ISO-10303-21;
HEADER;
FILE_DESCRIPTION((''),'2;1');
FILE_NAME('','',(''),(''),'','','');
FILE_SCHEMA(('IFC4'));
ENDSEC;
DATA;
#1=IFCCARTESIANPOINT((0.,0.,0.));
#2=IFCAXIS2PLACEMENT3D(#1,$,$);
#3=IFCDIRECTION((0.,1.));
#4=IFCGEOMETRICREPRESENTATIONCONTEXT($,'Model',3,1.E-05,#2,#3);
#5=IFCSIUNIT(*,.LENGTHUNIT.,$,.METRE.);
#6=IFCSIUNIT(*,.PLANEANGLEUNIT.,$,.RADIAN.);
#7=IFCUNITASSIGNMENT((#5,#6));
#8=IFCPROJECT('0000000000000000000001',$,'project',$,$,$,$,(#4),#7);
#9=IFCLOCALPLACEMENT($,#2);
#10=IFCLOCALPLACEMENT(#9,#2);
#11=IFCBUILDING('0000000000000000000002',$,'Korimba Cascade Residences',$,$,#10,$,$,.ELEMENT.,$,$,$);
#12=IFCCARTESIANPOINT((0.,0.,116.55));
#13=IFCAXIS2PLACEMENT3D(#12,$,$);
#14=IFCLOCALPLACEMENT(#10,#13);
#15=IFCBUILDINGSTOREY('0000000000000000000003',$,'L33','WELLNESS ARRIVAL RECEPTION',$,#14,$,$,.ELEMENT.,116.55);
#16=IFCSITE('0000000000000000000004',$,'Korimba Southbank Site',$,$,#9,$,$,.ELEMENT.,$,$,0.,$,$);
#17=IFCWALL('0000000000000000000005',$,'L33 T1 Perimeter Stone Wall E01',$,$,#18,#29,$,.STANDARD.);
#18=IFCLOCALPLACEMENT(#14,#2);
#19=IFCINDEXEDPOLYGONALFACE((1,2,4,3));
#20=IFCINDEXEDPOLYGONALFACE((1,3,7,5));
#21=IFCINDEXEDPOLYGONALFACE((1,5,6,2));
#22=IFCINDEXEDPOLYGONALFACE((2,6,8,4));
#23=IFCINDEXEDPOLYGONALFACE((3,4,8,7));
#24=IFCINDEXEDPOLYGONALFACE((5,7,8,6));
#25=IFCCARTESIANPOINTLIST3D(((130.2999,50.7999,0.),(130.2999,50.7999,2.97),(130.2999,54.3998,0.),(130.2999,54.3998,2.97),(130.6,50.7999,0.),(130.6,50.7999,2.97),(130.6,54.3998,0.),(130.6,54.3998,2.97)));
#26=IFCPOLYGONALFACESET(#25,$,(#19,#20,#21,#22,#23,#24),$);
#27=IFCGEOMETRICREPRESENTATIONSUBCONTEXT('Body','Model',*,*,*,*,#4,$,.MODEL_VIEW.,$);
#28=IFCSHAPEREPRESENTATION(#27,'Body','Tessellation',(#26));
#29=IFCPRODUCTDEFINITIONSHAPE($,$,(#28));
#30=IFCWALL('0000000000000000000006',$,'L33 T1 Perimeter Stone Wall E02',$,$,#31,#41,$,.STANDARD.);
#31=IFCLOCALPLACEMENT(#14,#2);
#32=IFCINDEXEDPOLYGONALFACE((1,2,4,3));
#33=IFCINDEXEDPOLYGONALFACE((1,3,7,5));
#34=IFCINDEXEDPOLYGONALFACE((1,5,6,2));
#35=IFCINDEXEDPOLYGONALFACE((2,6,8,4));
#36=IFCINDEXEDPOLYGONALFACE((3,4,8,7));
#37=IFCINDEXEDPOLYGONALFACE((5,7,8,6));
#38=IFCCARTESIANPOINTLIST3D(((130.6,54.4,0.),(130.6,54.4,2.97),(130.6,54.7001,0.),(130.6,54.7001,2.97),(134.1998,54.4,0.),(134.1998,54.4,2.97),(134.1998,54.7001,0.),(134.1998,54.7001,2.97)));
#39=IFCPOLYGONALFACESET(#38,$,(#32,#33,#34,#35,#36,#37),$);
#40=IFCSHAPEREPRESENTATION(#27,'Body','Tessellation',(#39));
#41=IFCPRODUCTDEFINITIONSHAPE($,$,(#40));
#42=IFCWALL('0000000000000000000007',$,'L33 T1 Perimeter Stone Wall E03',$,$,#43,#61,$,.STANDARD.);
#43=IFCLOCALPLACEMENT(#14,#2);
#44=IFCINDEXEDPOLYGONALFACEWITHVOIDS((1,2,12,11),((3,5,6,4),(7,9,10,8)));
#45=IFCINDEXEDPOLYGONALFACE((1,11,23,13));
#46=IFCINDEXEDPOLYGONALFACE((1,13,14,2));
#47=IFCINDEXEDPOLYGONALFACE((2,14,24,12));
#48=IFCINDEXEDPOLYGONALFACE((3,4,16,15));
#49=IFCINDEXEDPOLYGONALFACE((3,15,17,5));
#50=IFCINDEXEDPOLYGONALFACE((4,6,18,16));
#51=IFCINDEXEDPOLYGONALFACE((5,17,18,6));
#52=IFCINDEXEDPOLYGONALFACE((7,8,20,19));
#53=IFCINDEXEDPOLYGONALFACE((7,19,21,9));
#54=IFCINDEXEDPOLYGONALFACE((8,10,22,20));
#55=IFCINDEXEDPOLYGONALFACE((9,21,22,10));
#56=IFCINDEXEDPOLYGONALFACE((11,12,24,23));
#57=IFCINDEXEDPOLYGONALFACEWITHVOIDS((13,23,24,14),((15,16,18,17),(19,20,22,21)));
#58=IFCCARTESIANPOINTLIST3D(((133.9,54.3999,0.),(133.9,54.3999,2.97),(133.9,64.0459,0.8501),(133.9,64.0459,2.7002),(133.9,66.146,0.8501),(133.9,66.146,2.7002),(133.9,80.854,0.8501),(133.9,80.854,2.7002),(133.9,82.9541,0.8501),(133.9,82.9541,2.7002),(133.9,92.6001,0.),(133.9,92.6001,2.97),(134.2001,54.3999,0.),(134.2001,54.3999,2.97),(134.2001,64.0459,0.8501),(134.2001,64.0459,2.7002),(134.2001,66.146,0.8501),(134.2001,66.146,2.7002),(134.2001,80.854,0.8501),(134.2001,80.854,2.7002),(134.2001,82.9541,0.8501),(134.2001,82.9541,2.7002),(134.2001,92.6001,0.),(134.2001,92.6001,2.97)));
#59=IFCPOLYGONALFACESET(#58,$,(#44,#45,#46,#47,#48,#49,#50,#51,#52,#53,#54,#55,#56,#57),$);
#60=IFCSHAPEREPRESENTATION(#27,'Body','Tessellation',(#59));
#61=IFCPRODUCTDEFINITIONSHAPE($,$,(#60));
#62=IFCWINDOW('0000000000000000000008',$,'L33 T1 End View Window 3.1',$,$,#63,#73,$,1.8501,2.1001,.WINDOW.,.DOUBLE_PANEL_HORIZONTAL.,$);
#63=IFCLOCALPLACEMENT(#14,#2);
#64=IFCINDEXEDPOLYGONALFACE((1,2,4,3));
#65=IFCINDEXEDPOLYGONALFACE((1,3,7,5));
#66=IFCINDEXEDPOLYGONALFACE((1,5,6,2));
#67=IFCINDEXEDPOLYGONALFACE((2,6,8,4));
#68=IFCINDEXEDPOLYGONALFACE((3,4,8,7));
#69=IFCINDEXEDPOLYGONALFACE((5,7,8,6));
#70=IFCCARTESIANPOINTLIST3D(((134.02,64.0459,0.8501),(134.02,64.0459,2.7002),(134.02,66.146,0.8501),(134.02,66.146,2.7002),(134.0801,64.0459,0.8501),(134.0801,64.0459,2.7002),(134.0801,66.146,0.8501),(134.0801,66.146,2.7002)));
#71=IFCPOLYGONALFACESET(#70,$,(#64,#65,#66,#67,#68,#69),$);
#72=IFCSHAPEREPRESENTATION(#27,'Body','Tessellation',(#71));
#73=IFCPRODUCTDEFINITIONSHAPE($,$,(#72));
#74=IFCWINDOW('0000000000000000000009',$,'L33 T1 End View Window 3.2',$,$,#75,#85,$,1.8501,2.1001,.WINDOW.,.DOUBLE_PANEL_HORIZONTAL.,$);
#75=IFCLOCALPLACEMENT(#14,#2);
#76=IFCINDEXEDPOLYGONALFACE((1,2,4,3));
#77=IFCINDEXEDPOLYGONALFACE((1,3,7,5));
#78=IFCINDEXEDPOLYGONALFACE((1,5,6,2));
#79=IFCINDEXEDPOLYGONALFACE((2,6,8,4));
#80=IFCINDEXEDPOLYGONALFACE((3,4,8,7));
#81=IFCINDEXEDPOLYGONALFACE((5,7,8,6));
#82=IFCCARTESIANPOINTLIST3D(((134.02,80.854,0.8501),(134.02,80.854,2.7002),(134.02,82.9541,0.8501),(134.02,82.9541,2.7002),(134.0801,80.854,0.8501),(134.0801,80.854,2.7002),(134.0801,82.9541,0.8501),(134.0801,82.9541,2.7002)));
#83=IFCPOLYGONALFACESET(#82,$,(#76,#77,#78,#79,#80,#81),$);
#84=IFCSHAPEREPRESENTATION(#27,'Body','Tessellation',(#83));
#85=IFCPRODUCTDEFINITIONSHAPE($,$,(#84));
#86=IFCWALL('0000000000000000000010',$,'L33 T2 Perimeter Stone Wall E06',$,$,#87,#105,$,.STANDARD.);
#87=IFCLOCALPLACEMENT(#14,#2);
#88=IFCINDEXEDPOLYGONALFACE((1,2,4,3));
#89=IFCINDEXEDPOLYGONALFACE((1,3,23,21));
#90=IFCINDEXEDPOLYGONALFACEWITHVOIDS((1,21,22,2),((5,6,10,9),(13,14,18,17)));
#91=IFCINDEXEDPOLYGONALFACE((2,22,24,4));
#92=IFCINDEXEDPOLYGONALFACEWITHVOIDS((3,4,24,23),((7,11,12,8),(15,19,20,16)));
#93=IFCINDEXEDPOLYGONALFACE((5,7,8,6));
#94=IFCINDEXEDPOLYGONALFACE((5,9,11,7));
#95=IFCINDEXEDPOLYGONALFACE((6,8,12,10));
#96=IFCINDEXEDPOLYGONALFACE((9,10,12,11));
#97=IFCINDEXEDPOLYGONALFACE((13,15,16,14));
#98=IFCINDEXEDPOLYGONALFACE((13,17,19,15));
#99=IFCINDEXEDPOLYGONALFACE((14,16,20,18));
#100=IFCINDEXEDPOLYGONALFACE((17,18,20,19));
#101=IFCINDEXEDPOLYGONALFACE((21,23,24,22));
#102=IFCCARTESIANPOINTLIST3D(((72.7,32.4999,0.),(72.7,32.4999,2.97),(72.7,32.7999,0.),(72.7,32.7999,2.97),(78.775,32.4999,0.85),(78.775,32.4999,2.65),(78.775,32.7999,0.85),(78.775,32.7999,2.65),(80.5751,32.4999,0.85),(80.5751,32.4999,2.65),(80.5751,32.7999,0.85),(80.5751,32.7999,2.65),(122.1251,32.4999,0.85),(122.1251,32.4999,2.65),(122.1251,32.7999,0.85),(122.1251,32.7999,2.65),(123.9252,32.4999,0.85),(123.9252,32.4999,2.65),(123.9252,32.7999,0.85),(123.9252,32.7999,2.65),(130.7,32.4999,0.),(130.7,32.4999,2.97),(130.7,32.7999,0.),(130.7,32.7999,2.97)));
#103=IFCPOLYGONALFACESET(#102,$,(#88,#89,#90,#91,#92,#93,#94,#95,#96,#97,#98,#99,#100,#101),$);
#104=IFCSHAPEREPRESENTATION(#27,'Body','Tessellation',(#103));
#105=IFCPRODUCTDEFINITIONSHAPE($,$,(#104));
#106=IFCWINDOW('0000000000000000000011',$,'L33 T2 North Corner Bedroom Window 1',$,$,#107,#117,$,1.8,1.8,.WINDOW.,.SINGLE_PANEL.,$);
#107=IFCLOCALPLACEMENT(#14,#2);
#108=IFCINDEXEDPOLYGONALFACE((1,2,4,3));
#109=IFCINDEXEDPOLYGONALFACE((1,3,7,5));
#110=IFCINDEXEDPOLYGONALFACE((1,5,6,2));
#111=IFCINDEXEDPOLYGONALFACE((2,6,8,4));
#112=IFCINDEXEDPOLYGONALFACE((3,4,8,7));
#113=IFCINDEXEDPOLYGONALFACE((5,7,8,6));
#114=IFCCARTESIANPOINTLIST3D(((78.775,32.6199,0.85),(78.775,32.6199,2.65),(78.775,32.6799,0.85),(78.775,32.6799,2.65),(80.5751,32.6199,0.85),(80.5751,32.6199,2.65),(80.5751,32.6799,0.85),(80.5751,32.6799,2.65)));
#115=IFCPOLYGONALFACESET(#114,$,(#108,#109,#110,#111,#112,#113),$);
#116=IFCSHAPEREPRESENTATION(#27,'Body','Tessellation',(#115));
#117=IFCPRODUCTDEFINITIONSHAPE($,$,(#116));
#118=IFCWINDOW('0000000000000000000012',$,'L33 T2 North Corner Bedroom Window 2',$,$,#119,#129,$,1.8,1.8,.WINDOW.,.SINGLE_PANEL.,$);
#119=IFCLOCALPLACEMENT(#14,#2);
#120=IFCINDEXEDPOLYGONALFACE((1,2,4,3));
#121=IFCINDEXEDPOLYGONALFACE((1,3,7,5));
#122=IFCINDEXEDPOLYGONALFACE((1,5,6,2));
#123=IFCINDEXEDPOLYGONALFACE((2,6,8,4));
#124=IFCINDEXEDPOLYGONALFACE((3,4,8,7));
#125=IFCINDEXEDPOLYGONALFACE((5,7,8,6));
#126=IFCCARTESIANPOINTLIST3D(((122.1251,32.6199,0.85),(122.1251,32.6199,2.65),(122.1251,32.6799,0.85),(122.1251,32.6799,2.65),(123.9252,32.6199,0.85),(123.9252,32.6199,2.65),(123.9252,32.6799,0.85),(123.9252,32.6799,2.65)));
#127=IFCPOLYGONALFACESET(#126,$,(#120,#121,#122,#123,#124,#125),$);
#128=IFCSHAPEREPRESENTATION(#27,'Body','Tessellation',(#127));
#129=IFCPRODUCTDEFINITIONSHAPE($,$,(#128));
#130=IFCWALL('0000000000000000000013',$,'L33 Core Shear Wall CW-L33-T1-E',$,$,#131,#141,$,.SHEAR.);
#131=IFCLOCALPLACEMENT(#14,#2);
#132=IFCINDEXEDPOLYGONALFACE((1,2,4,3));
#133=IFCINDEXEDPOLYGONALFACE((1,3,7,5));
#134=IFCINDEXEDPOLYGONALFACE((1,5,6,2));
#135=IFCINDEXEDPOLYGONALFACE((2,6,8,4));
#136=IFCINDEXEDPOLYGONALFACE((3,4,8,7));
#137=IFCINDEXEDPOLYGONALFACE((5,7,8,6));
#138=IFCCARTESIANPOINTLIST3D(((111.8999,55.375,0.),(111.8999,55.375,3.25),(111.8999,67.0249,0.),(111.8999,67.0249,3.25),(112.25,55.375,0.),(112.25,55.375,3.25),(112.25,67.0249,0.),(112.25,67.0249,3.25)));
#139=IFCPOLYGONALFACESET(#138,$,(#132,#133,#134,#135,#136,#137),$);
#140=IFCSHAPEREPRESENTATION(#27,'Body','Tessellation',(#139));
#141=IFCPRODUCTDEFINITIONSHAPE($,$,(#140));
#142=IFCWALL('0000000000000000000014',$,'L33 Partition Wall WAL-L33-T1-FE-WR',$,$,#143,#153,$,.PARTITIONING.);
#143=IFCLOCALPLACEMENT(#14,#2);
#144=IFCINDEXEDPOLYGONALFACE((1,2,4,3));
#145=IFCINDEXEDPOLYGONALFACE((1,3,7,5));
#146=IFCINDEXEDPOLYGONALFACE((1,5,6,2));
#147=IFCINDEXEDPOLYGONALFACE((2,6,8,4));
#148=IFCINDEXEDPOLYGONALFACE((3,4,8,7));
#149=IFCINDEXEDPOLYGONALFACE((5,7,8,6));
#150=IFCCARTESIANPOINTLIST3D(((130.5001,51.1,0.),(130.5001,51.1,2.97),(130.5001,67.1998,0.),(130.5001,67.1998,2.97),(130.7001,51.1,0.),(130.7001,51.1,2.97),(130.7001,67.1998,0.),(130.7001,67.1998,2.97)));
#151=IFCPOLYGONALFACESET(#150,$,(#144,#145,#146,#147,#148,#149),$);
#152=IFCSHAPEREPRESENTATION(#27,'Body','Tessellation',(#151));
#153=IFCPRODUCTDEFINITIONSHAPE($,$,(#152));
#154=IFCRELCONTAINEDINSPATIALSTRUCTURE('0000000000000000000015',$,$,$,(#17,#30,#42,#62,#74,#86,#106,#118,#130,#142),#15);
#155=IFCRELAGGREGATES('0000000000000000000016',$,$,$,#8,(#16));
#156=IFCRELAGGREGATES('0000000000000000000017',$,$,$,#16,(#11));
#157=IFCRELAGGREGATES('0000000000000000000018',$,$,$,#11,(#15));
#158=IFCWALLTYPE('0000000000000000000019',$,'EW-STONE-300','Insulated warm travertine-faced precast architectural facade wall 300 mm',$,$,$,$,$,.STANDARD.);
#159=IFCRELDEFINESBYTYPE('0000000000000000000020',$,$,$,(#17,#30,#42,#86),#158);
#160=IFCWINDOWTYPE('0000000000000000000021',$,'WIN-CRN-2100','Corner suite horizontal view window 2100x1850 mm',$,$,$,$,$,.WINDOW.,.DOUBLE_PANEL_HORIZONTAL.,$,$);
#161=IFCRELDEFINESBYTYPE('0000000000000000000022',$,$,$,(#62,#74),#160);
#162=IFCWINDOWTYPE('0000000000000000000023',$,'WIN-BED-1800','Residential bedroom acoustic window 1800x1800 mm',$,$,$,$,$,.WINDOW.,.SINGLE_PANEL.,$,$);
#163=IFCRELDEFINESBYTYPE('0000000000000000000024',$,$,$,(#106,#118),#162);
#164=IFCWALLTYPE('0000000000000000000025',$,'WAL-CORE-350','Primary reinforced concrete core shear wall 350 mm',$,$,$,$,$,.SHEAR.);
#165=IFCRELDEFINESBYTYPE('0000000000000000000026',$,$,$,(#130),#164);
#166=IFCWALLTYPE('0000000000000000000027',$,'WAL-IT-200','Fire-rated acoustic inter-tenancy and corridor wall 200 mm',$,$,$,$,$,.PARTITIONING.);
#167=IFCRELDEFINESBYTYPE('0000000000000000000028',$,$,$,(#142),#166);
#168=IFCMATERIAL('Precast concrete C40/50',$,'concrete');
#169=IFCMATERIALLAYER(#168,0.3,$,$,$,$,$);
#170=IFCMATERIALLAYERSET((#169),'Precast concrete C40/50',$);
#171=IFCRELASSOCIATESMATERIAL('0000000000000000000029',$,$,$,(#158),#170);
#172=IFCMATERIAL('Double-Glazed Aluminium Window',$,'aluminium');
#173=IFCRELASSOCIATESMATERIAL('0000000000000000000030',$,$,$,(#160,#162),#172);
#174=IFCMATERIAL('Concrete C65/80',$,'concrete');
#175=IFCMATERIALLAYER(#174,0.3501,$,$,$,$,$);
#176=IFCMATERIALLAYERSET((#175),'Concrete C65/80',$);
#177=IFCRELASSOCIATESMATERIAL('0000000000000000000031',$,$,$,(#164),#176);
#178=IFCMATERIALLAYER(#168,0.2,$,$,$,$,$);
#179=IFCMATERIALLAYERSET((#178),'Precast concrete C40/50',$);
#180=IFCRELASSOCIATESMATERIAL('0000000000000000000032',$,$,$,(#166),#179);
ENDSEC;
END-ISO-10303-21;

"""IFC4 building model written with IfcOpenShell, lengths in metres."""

from ifc_helpers import new_model, si_unit, direction, frame, frame_2d, origin, place, context, subcontext, project, spatial, rectangle, extrude, material, layer, layer_set, type_object, element, fill, save


model = new_model("IFC4")

# Units and contexts
model_context = context("Model", 3, precision=1e-05, world=origin(), true_north=direction((0.0, 1.0)))
body_context = subcontext(model_context, "Body", "Model", "MODEL_VIEW")
ifc_project = project(units=[si_unit("LENGTHUNIT", "METRE"), si_unit("PLANEANGLEUNIT", "RADIAN")], contexts=[model_context])

# Site, building, storey
site_placement = place(None, origin())
site = spatial("IfcSite", under=ifc_project, at=site_placement, Name="Korimba Southbank Site", CompositionType="ELEMENT", RefElevation=0.0)
building_placement = place(site_placement, origin())
building = spatial("IfcBuilding", under=site, at=building_placement, Name="Korimba Cascade Residences", CompositionType="ELEMENT")
storey_placement = place(building_placement, frame((0.0, 0.0, 116.55)))
storey = spatial("IfcBuildingStorey", under=building, at=storey_placement, Name="L33", Description="WELLNESS ARRIVAL RECEPTION", CompositionType="ELEMENT", Elevation=116.55)

# Shared definitions
ifc_material_1 = material(Name="Concrete C65/80", Category="concrete")

# Walls
ifc_material_2 = material(Name="Precast concrete C40/50", Category="concrete")
ifc_layer_1 = layer(ifc_material_2, 0.3)
ifc_layer_set_1 = layer_set([ifc_layer_1], Name="Precast concrete C40/50")
wall_type_1 = type_object("IfcWallType", Name="EW-STONE-300", Description="Insulated warm travertine-faced precast architectural facade wall 300 mm", PredefinedType="STANDARD", material=ifc_layer_set_1)
for number, where, z_axis, x_axis, name in (
    (1, (130.45, 50.8, 0.0), (0.0, 0.0, 1.0), (0.0, 1.0, 0.0), "L33 T1 Perimeter Stone Wall E01"),
    (2, (130.6001, 54.55, 0.0), (0.0, 0.0, 1.0), (1.0, 0.0, 0.0), "L33 T1 Perimeter Stone Wall E02"),
):
    element("IfcWall", number, at=place(storey_placement, frame(where, z_axis=z_axis, x_axis=x_axis)), inside=storey, type_object=wall_type_1, Name=name, PredefinedType="STANDARD", context=body_context, shape_type="SweptSolid", body=[
        extrude(rectangle(XDim=3.5999, YDim=0.3, at=frame_2d((1.7998, 0.0))), origin(), (0.0, 0.0, 1.0), 2.97),
    ])

# Walls, openings, windows
wall_1_placement = place(storey_placement, frame((134.05, 54.3999, 0.0), z_axis=(0.0, 0.0, 1.0), x_axis=(0.0, 1.0, 0.0)))
wall_1 = element("IfcWall", 3, at=wall_1_placement, inside=storey, type_object=wall_type_1, Name="L33 T1 Perimeter Stone Wall E03", PredefinedType="STANDARD", context=body_context, shape_type="SweptSolid", body=[
    extrude(rectangle(XDim=38.2002, YDim=0.3, at=frame_2d((19.1001, 0.0))), origin(), (0.0, 0.0, 1.0), 2.97),
])
opening_1_placement = place(wall_1_placement, frame((9.646, 0.0, 0.8501)))
opening_1 = element("IfcOpeningElement", 4, at=opening_1_placement, cuts=wall_1, PredefinedType="OPENING", context=body_context, shape_type="SweptSolid", body=[
    extrude(rectangle(XDim=2.1001, YDim=1.8501, at=frame_2d((1.05, 0.925))), frame((0.0, 0.1602, 0.0), z_axis=(0.0, -1.0, 0.0), x_axis=(1.0, 0.0, 0.0)), (0.0, 0.0, 1.0), 0.3201),
])
opening_2_placement = place(wall_1_placement, frame((26.4541, 0.0, 0.8501)))
opening_2 = element("IfcOpeningElement", 5, at=opening_2_placement, cuts=wall_1, PredefinedType="OPENING", context=body_context, shape_type="SweptSolid", body=[
    extrude(rectangle(XDim=2.1001, YDim=1.8501, at=frame_2d((1.05, 0.925))), frame((0.0, 0.1602, 0.0), z_axis=(0.0, -1.0, 0.0), x_axis=(1.0, 0.0, 0.0)), (0.0, 0.0, 1.0), 0.3201),
])
ifc_material_3 = material(Name="Double-Glazed Aluminium Window", Category="aluminium")
window_type_1 = type_object("IfcWindowType", Name="WIN-CRN-2100", Description="Corner suite horizontal view window 2100x1850 mm", PartitioningType="DOUBLE_PANEL_HORIZONTAL", PredefinedType="WINDOW", material=ifc_material_3)
window_1_placement = place(opening_1_placement, origin())
window_1 = element("IfcWindow", 6, at=window_1_placement, inside=storey, type_object=window_type_1, Name="L33 T1 End View Window 3.1", OverallHeight=1.8501, OverallWidth=2.1001, PartitioningType="DOUBLE_PANEL_HORIZONTAL", PredefinedType="WINDOW", context=body_context, shape_type="SweptSolid", body=[
    extrude(rectangle(XDim=2.1001, YDim=1.8501, at=frame_2d((1.05, 0.925))), frame((0.0, 0.03, 0.0), z_axis=(0.0, -1.0, 0.0), x_axis=(1.0, 0.0, 0.0)), (0.0, 0.0, 1.0), 0.0601),
])
fill(opening_1, window_1)
window_2_placement = place(opening_2_placement, origin())
window_2 = element("IfcWindow", 7, at=window_2_placement, inside=storey, type_object=window_type_1, Name="L33 T1 End View Window 3.2", OverallHeight=1.8501, OverallWidth=2.1001, PartitioningType="DOUBLE_PANEL_HORIZONTAL", PredefinedType="WINDOW", context=body_context, shape_type="SweptSolid", body=[
    extrude(rectangle(XDim=2.1001, YDim=1.8501, at=frame_2d((1.05, 0.925))), frame((0.0, 0.03, 0.0), z_axis=(0.0, -1.0, 0.0), x_axis=(1.0, 0.0, 0.0)), (0.0, 0.0, 1.0), 0.0601),
])
fill(opening_2, window_2)
wall_2_placement = place(storey_placement, frame((130.7, 32.6499, 0.0), z_axis=(0.0, 0.0, 1.0), x_axis=(-1.0, 0.0, 0.0)))
wall_2 = element("IfcWall", 8, at=wall_2_placement, inside=storey, type_object=wall_type_1, Name="L33 T2 Perimeter Stone Wall E06", PredefinedType="STANDARD", context=body_context, shape_type="SweptSolid", body=[
    extrude(rectangle(XDim=58.0, YDim=0.3, at=frame_2d((29.0, 0.0))), origin(), (0.0, 0.0, 1.0), 2.97),
])
opening_3_placement = place(wall_2_placement, frame((50.125, 0.0, 0.8501)))
opening_3 = element("IfcOpeningElement", 9, at=opening_3_placement, cuts=wall_2, PredefinedType="OPENING", context=body_context, shape_type="SweptSolid", body=[
    extrude(rectangle(XDim=1.8, YDim=1.8, at=frame_2d((0.8999, 0.8999))), frame((0.0, 0.1602, 0.0), z_axis=(0.0, -1.0, 0.0), x_axis=(1.0, 0.0, 0.0)), (0.0, 0.0, 1.0), 0.3201),
])
opening_4_placement = place(wall_2_placement, frame((6.7749, 0.0, 0.8501)))
opening_4 = element("IfcOpeningElement", 10, at=opening_4_placement, cuts=wall_2, PredefinedType="OPENING", context=body_context, shape_type="SweptSolid", body=[
    extrude(rectangle(XDim=1.8, YDim=1.8, at=frame_2d((0.8999, 0.8999))), frame((0.0, 0.1602, 0.0), z_axis=(0.0, -1.0, 0.0), x_axis=(1.0, 0.0, 0.0)), (0.0, 0.0, 1.0), 0.3201),
])
window_type_2 = type_object("IfcWindowType", Name="WIN-BED-1800", Description="Residential bedroom acoustic window 1800x1800 mm", PartitioningType="SINGLE_PANEL", PredefinedType="WINDOW", material=ifc_material_3)
window_3_placement = place(opening_3_placement, origin())
window_3 = element("IfcWindow", 11, at=window_3_placement, inside=storey, type_object=window_type_2, Name="L33 T2 North Corner Bedroom Window 1", OverallHeight=1.8, OverallWidth=1.8, PartitioningType="SINGLE_PANEL", PredefinedType="WINDOW", context=body_context, shape_type="SweptSolid", body=[
    extrude(rectangle(XDim=1.8, YDim=1.8, at=frame_2d((0.8999, 0.8999))), frame((0.0, 0.03, 0.0), z_axis=(0.0, -1.0, 0.0), x_axis=(1.0, 0.0, 0.0)), (0.0, 0.0, 1.0), 0.0601),
])
fill(opening_3, window_3)
window_4_placement = place(opening_4_placement, origin())
window_4 = element("IfcWindow", 12, at=window_4_placement, inside=storey, type_object=window_type_2, Name="L33 T2 North Corner Bedroom Window 2", OverallHeight=1.8, OverallWidth=1.8, PartitioningType="SINGLE_PANEL", PredefinedType="WINDOW", context=body_context, shape_type="SweptSolid", body=[
    extrude(rectangle(XDim=1.8, YDim=1.8, at=frame_2d((0.8999, 0.8999))), frame((0.0, 0.03, 0.0), z_axis=(0.0, -1.0, 0.0), x_axis=(1.0, 0.0, 0.0)), (0.0, 0.0, 1.0), 0.0601),
])
fill(opening_4, window_4)

# Walls
ifc_layer_2 = layer(ifc_material_1, 0.3501)
ifc_layer_set_2 = layer_set([ifc_layer_2], Name="Concrete C65/80")
wall_type_2 = type_object("IfcWallType", Name="WAL-CORE-350", Description="Primary reinforced concrete core shear wall 350 mm", PredefinedType="SHEAR", material=ifc_layer_set_2)
wall_3_placement = place(storey_placement, frame((112.075, 55.375, 0.0), z_axis=(0.0, 0.0, 1.0), x_axis=(0.0, 1.0, 0.0)))
element("IfcWall", 13, at=wall_3_placement, inside=storey, type_object=wall_type_2, Name="L33 Core Shear Wall CW-L33-T1-E", PredefinedType="SHEAR", context=body_context, shape_type="SweptSolid", body=[
    extrude(rectangle(XDim=11.6499, YDim=0.3501, at=frame_2d((5.825, 0.0))), origin(), (0.0, 0.0, 1.0), 3.25),
])
ifc_layer_3 = layer(ifc_material_2, 0.2)
ifc_layer_set_3 = layer_set([ifc_layer_3], Name="Precast concrete C40/50")
wall_type_3 = type_object("IfcWallType", Name="WAL-IT-200", Description="Fire-rated acoustic inter-tenancy and corridor wall 200 mm", PredefinedType="PARTITIONING", material=ifc_layer_set_3)
wall_4_placement = place(storey_placement, frame((130.6001, 51.1001, 0.0), z_axis=(0.0, 0.0, 1.0), x_axis=(0.0, 1.0, 0.0)))
element("IfcWall", 14, at=wall_4_placement, inside=storey, type_object=wall_type_3, Name="L33 Partition Wall WAL-L33-T1-FE-WR", PredefinedType="PARTITIONING", context=body_context, shape_type="SweptSolid", body=[
    extrude(rectangle(XDim=16.0999, YDim=0.2, at=frame_2d((8.0498, 0.0))), origin(), (0.0, 0.0, 1.0), 2.97),
])

save(model, "model.ifc")
